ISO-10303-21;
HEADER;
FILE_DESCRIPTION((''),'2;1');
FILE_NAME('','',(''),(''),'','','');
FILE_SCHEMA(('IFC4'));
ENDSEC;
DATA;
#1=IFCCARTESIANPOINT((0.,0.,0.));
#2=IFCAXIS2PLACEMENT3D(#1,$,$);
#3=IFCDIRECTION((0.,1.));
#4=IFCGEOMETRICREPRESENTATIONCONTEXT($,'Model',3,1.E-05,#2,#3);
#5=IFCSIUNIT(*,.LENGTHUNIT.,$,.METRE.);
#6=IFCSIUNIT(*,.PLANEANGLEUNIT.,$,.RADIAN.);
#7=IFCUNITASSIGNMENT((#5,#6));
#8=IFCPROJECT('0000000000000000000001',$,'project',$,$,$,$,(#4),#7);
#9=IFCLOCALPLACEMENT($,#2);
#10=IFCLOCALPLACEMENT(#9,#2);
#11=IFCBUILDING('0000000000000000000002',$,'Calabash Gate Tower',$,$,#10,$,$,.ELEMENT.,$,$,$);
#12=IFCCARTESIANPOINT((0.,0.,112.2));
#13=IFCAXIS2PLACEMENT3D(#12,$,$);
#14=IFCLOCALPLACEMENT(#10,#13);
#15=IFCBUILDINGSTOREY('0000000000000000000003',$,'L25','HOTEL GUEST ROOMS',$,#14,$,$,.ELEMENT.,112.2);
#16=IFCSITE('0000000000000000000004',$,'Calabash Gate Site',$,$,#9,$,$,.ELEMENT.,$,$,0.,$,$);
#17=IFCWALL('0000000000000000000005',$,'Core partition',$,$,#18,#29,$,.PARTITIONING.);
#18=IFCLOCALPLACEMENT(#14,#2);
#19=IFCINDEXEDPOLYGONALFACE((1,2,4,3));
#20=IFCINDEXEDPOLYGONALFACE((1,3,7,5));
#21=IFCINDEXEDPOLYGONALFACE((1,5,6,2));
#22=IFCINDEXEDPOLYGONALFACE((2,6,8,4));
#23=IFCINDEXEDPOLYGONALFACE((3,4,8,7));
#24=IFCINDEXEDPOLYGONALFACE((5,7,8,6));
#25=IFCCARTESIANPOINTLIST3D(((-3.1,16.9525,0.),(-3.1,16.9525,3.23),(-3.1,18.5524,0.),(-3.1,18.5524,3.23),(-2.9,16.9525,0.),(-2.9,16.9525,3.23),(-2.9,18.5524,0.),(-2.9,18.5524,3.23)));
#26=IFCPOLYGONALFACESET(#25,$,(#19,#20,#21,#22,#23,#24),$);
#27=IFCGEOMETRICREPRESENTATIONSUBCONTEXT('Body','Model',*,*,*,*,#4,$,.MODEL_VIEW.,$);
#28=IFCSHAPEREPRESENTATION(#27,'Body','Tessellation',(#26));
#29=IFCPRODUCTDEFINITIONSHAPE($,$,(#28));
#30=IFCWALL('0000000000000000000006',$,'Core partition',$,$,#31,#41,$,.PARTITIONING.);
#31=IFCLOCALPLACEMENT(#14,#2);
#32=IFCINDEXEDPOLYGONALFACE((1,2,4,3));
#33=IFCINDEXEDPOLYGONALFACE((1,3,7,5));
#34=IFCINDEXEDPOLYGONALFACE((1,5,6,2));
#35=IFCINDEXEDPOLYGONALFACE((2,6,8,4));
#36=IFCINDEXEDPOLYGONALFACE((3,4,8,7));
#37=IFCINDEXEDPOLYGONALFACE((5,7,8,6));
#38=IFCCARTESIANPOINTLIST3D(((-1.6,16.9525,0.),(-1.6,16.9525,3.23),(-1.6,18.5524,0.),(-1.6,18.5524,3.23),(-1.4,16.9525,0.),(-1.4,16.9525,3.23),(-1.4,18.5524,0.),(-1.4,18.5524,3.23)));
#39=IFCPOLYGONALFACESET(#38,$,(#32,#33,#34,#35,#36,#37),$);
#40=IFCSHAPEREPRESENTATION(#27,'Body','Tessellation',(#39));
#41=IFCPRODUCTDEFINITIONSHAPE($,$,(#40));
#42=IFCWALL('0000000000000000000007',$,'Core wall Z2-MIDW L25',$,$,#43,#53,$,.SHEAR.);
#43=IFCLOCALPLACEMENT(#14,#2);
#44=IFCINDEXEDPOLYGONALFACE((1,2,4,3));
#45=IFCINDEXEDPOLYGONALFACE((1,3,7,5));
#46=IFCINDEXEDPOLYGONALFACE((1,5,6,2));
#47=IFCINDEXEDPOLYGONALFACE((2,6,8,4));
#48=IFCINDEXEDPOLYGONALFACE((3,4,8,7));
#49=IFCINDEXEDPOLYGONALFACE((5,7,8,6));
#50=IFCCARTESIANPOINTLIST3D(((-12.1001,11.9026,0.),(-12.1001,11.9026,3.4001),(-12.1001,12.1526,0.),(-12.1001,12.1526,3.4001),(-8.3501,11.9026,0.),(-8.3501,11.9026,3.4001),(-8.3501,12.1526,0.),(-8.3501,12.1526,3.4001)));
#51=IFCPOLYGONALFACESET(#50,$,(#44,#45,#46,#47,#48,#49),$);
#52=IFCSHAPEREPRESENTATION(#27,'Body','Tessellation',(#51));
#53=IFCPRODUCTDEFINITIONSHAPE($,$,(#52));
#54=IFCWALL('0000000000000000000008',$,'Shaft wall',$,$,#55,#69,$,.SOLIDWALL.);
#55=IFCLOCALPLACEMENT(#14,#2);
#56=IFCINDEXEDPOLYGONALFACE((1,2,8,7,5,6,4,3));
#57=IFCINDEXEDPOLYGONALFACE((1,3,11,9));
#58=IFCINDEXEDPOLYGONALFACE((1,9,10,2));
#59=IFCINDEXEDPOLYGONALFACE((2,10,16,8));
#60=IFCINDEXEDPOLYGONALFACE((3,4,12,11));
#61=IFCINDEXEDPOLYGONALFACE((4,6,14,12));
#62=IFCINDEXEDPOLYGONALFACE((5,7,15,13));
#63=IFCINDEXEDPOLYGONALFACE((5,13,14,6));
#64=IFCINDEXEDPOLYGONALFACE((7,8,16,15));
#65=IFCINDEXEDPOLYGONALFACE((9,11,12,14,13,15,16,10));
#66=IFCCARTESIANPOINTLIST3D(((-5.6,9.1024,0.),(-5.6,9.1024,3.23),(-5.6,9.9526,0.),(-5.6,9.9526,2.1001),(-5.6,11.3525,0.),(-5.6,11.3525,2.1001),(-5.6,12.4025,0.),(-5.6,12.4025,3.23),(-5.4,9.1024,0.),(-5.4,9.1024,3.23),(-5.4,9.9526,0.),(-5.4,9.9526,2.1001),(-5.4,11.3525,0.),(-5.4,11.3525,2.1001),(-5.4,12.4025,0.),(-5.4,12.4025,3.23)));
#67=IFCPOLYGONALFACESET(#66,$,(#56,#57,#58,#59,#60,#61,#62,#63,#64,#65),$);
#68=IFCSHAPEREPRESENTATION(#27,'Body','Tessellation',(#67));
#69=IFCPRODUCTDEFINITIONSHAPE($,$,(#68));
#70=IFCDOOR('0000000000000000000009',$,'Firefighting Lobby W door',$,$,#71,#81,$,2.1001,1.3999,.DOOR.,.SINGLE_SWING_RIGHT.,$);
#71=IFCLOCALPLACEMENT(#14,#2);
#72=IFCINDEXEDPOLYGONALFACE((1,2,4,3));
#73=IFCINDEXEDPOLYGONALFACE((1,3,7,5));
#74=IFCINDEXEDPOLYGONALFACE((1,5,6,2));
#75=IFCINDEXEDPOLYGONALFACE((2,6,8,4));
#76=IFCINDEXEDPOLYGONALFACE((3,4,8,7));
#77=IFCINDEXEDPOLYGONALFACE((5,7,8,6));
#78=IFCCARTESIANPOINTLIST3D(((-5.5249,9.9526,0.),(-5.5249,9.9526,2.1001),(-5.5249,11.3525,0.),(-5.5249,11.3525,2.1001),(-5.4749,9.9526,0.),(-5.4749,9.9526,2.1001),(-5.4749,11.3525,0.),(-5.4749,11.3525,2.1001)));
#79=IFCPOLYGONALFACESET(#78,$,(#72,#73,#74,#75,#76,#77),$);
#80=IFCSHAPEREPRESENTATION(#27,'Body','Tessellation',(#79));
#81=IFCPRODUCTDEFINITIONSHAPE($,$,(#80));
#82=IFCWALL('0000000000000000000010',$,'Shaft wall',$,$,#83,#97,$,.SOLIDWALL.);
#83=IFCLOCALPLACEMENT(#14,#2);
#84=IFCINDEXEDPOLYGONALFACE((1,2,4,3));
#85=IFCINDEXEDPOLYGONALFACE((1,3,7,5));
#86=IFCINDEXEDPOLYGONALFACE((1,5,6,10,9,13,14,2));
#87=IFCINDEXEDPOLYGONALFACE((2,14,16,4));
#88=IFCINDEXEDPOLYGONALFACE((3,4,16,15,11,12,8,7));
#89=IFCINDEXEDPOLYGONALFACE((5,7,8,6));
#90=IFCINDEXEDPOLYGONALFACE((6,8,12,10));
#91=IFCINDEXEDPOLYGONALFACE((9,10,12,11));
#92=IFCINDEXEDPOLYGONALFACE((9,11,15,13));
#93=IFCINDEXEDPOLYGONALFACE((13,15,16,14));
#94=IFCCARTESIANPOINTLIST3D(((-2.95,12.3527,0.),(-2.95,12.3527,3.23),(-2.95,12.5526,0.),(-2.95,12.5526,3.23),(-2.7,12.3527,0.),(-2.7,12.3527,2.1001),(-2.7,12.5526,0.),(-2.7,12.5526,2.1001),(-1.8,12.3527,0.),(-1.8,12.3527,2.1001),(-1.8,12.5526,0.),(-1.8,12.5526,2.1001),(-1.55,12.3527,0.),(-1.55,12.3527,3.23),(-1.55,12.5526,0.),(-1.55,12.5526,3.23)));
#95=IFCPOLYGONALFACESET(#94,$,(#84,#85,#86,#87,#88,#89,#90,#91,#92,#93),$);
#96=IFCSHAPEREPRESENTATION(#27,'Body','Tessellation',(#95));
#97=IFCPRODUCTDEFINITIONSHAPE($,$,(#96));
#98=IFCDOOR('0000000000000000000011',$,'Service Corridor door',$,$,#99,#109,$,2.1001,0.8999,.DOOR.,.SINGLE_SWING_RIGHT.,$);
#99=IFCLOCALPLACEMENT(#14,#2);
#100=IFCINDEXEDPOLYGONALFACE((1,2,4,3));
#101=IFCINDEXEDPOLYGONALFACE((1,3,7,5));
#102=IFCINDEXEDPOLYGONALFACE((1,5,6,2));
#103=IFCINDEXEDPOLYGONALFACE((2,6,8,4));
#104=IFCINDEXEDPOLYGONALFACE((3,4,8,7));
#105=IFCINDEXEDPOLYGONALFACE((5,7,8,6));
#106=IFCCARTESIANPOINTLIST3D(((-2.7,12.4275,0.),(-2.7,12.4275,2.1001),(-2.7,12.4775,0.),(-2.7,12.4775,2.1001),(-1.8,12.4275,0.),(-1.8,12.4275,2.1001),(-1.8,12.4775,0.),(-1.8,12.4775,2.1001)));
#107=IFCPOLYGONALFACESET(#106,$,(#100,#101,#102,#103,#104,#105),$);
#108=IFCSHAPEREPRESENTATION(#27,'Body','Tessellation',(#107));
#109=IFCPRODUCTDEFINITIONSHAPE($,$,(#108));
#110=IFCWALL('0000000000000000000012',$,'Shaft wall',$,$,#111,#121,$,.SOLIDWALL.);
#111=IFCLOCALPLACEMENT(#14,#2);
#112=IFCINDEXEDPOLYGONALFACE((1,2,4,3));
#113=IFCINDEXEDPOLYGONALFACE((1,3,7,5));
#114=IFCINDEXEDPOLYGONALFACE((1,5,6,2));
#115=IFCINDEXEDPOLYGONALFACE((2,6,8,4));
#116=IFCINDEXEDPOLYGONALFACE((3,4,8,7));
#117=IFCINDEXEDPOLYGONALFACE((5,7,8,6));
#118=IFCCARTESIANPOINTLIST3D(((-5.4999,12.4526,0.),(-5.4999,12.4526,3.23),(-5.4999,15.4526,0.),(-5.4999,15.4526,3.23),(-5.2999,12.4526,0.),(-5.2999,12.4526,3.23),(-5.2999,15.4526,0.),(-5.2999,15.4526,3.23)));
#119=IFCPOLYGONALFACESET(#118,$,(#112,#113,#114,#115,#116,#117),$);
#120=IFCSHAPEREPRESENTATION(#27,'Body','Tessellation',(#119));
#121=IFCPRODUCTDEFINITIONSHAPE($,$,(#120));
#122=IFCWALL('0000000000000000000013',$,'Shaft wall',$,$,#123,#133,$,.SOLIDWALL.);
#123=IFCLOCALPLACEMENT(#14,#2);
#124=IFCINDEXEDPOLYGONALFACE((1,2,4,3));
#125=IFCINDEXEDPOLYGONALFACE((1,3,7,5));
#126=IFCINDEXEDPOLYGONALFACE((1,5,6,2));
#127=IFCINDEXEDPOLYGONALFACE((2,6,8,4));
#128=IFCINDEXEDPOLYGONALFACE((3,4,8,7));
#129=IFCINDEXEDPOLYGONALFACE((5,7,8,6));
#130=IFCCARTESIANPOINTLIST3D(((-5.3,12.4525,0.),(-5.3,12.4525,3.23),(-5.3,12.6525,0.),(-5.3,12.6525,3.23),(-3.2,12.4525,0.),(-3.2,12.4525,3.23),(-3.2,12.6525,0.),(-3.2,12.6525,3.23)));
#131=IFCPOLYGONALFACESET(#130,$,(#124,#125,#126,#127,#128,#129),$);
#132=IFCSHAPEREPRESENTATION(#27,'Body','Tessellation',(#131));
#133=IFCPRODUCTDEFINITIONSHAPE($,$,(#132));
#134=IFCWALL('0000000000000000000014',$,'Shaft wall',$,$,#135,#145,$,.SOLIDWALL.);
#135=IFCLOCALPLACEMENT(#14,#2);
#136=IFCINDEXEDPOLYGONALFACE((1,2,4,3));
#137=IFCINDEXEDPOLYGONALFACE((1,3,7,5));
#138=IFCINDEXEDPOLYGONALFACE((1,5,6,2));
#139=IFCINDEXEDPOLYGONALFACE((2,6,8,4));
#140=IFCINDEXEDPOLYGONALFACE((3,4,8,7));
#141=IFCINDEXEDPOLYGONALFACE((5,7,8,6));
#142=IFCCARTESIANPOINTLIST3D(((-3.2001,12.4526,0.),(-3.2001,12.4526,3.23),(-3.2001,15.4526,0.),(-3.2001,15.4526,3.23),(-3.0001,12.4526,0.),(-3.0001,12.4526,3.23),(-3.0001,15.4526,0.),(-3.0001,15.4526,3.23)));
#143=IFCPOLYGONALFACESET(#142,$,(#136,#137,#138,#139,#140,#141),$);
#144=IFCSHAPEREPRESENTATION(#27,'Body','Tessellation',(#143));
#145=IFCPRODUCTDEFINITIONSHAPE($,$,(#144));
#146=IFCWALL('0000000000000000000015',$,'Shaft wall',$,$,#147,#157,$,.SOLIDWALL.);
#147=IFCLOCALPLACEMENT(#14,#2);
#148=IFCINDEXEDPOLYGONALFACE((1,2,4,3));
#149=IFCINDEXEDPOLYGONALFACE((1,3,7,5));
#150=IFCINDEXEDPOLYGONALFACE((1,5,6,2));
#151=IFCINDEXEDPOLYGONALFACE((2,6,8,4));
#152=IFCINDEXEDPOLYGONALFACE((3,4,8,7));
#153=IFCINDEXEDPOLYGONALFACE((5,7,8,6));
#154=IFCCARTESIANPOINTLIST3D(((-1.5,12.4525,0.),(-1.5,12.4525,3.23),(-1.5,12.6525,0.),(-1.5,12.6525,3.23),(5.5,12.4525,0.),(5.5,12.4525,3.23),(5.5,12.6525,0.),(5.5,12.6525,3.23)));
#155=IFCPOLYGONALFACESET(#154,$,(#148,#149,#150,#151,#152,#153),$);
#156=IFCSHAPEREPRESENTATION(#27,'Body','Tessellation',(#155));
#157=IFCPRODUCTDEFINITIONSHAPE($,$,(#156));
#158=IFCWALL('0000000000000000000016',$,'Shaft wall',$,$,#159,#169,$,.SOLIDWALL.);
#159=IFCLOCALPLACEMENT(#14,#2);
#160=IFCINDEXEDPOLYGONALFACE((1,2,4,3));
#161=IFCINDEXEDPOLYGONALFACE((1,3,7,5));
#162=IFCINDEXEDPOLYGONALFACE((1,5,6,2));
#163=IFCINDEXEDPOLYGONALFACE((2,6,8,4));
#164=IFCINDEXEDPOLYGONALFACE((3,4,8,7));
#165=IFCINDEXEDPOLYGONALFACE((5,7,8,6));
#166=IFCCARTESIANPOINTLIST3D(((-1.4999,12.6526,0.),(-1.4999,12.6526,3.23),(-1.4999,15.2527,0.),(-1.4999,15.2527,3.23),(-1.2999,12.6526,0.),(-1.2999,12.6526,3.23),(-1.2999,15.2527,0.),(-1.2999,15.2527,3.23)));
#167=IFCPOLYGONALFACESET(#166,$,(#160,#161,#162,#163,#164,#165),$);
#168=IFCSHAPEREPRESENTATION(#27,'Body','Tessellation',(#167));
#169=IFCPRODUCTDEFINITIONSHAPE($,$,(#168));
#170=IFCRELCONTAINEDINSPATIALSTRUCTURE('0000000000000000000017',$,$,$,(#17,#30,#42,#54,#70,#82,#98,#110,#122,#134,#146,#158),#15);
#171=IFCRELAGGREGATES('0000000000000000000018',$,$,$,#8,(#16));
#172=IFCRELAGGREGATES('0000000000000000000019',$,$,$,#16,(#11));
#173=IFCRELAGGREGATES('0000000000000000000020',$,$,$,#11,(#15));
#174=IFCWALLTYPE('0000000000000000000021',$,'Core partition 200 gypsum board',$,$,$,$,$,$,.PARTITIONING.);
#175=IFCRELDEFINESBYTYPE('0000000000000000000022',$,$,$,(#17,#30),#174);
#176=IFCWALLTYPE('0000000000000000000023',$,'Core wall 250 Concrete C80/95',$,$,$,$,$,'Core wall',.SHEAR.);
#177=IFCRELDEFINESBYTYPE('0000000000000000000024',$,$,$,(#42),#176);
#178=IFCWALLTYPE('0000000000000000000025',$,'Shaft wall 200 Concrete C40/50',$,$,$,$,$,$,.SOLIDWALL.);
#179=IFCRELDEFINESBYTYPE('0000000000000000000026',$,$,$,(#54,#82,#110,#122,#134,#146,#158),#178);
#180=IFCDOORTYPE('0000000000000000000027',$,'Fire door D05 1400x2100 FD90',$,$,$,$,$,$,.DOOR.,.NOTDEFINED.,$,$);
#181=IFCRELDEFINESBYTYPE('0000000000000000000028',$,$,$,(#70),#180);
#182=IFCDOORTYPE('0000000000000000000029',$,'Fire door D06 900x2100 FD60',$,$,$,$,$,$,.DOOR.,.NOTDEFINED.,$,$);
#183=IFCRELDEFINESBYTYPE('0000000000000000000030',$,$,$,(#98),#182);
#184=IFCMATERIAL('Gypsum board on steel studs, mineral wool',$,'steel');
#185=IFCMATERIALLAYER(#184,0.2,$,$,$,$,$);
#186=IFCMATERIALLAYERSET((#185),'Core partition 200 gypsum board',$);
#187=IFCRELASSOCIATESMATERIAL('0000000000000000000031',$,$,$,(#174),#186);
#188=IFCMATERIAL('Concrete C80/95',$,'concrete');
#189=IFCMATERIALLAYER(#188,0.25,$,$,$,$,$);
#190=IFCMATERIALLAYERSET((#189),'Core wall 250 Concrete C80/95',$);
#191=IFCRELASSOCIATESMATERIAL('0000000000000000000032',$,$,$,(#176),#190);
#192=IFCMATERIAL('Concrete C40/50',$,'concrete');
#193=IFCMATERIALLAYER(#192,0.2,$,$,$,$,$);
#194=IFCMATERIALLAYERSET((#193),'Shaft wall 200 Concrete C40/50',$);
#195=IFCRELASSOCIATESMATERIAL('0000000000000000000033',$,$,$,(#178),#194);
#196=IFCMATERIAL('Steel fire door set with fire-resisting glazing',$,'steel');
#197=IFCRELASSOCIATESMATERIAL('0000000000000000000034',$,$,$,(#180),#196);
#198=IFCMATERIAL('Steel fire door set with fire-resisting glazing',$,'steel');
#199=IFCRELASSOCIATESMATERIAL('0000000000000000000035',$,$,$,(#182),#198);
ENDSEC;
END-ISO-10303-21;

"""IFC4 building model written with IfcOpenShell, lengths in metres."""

from ifc_helpers import new_model, si_unit, direction, frame, frame_2d, origin, place, context, subcontext, project, spatial, rectangle, extrude, material, layer, layer_set, type_object, element, fill, save


model = new_model("IFC4")

# Units and contexts
model_context = context("Model", 3, precision=1e-05, world=origin(), true_north=direction((0.0, 1.0)))
body_context = subcontext(model_context, "Body", "Model", "MODEL_VIEW")
ifc_project = project(units=[si_unit("LENGTHUNIT", "METRE"), si_unit("PLANEANGLEUNIT", "RADIAN")], contexts=[model_context])

# Site, building, storey
site_placement = place(None, origin())
site = spatial("IfcSite", under=ifc_project, at=site_placement, Name="Calabash Gate Site", CompositionType="ELEMENT", RefElevation=0.0)
building_placement = place(site_placement, origin())
building = spatial("IfcBuilding", under=site, at=building_placement, Name="Calabash Gate Tower", CompositionType="ELEMENT")
storey_placement = place(building_placement, frame((0.0, 0.0, 112.2)))
storey = spatial("IfcBuildingStorey", under=building, at=storey_placement, Name="L25", Description="HOTEL GUEST ROOMS", CompositionType="ELEMENT", Elevation=112.2)

# Walls
ifc_material_1 = material(Name="Gypsum board on steel studs, mineral wool", Category="steel")
ifc_layer_1 = layer(ifc_material_1, 0.2)
ifc_layer_set_1 = layer_set([ifc_layer_1], Name="Core partition 200 gypsum board")
wall_type_1 = type_object("IfcWallType", Name="Core partition 200 gypsum board", PredefinedType="PARTITIONING", material=ifc_layer_set_1)
for number, where, z_axis, x_axis, name in (
    (1, (-3.0, 16.9526, 0.0), (0.0, 0.0, 1.0), (0.0, 1.0, 0.0), "Core partition"),
    (2, (-1.5, 16.9526, 0.0), (0.0, 0.0, 1.0), (0.0, 1.0, 0.0), "Core partition"),
):
    element("IfcWall", number, at=place(storey_placement, frame(where, z_axis=z_axis, x_axis=x_axis)), inside=storey, type_object=wall_type_1, Name=name, PredefinedType="PARTITIONING", context=body_context, shape_type="SweptSolid", body=[
        extrude(rectangle(XDim=1.5999, YDim=0.2, at=frame_2d((0.7998, 0.0))), origin(), (0.0, 0.0, 1.0), 3.23),
    ])
ifc_material_2 = material(Name="Concrete C80/95", Category="concrete")
ifc_layer_2 = layer(ifc_material_2, 0.25)
ifc_layer_set_2 = layer_set([ifc_layer_2], Name="Core wall 250 Concrete C80/95")
wall_type_2 = type_object("IfcWallType", Name="Core wall 250 Concrete C80/95", ElementType="Core wall", PredefinedType="SHEAR", material=ifc_layer_set_2)
wall_1_placement = place(storey_placement, frame((-12.1001, 12.0276, 0.0), z_axis=(0.0, 0.0, 1.0), x_axis=(1.0, 0.0, 0.0)))
element("IfcWall", 3, at=wall_1_placement, inside=storey, type_object=wall_type_2, Name="Core wall Z2-MIDW L25", PredefinedType="SHEAR", context=body_context, shape_type="SweptSolid", body=[
    extrude(rectangle(XDim=3.75, YDim=0.25, at=frame_2d((1.875, 0.0))), origin(), (0.0, 0.0, 1.0), 3.4001),
])

# Walls, openings, doors
ifc_material_3 = material(Name="Concrete C40/50", Category="concrete")
ifc_layer_3 = layer(ifc_material_3, 0.2)
ifc_layer_set_3 = layer_set([ifc_layer_3], Name="Shaft wall 200 Concrete C40/50")
wall_type_3 = type_object("IfcWallType", Name="Shaft wall 200 Concrete C40/50", PredefinedType="SOLIDWALL", material=ifc_layer_set_3)
wall_2_placement = place(storey_placement, frame((-5.5, 9.1025, 0.0), z_axis=(0.0, 0.0, 1.0), x_axis=(0.0, 1.0, 0.0)))
wall_2 = element("IfcWall", 4, at=wall_2_placement, inside=storey, type_object=wall_type_3, Name="Shaft wall", PredefinedType="SOLIDWALL", context=body_context, shape_type="SweptSolid", body=[
    extrude(rectangle(XDim=3.3, YDim=0.2, at=frame_2d((1.6499, 0.0))), origin(), (0.0, 0.0, 1.0), 3.23),
])
opening_1_placement = place(wall_2_placement, frame((0.8501, 0.0, 0.0)))
opening_1 = element("IfcOpeningElement", 5, at=opening_1_placement, cuts=wall_2, PredefinedType="OPENING", context=body_context, shape_type="SweptSolid", body=[
    extrude(rectangle(XDim=1.3999, YDim=2.1001, at=frame_2d((0.7, 1.05))), frame((0.0, 0.1099, 0.0), z_axis=(0.0, -1.0, 0.0), x_axis=(1.0, 0.0, 0.0)), (0.0, 0.0, 1.0), 0.22),
])
ifc_material_4 = material(Name="Steel fire door set with fire-resisting glazing", Category="steel")
door_type_1 = type_object("IfcDoorType", Name="Fire door D05 1400x2100 FD90", OperationType="NOTDEFINED", PredefinedType="DOOR", material=ifc_material_4)
door_1_placement = place(opening_1_placement, origin())
door_1 = element("IfcDoor", 6, at=door_1_placement, inside=storey, type_object=door_type_1, Name="Firefighting Lobby W door", OperationType="SINGLE_SWING_RIGHT", OverallHeight=2.1001, OverallWidth=1.3999, PredefinedType="DOOR", context=body_context, shape_type="SweptSolid", body=[
    extrude(rectangle(XDim=1.3999, YDim=2.1001, at=frame_2d((0.7, 1.05))), frame((0.0, 0.0249, 0.0), z_axis=(0.0, -1.0, 0.0), x_axis=(1.0, 0.0, 0.0)), (0.0, 0.0, 1.0), 0.05),
])
fill(opening_1, door_1)
wall_3_placement = place(storey_placement, frame((-2.95, 12.4526, 0.0), z_axis=(0.0, 0.0, 1.0), x_axis=(1.0, 0.0, 0.0)))
wall_3 = element("IfcWall", 7, at=wall_3_placement, inside=storey, type_object=wall_type_3, Name="Shaft wall", PredefinedType="SOLIDWALL", context=body_context, shape_type="SweptSolid", body=[
    extrude(rectangle(XDim=1.3999, YDim=0.2, at=frame_2d((0.7, 0.0))), origin(), (0.0, 0.0, 1.0), 3.23),
])
opening_2_placement = place(wall_3_placement, frame((0.25, 0.0, 0.0)))
opening_2 = element("IfcOpeningElement", 8, at=opening_2_placement, cuts=wall_3, PredefinedType="OPENING", context=body_context, shape_type="SweptSolid", body=[
    extrude(rectangle(XDim=0.8999, YDim=2.1001, at=frame_2d((0.45, 1.05))), frame((0.0, 0.1099, 0.0), z_axis=(0.0, -1.0, 0.0), x_axis=(1.0, 0.0, 0.0)), (0.0, 0.0, 1.0), 0.22),
])
ifc_material_5 = material(Name="Steel fire door set with fire-resisting glazing", Category="steel")
door_type_2 = type_object("IfcDoorType", Name="Fire door D06 900x2100 FD60", OperationType="NOTDEFINED", PredefinedType="DOOR", material=ifc_material_5)
door_2_placement = place(opening_2_placement, origin())
door_2 = element("IfcDoor", 9, at=door_2_placement, inside=storey, type_object=door_type_2, Name="Service Corridor door", OperationType="SINGLE_SWING_RIGHT", OverallHeight=2.1001, OverallWidth=0.8999, PredefinedType="DOOR", context=body_context, shape_type="SweptSolid", body=[
    extrude(rectangle(XDim=0.8999, YDim=2.1001, at=frame_2d((0.45, 1.05))), frame((0.0, 0.0249, 0.0), z_axis=(0.0, -1.0, 0.0), x_axis=(1.0, 0.0, 0.0)), (0.0, 0.0, 1.0), 0.05),
])
fill(opening_2, door_2)

# Walls
wall_4_placement = place(storey_placement, frame((-5.3999, 12.4526, 0.0), z_axis=(0.0, 0.0, 1.0), x_axis=(0.0, 1.0, 0.0)))
element("IfcWall", 10, at=wall_4_placement, inside=storey, type_object=wall_type_3, Name="Shaft wall", PredefinedType="SOLIDWALL", context=body_context, shape_type="SweptSolid", body=[
    extrude(rectangle(XDim=3.0, YDim=0.2, at=frame_2d((1.5, 0.0))), origin(), (0.0, 0.0, 1.0), 3.23),
])
wall_5_placement = place(storey_placement, frame((-5.3, 12.5525, 0.0), z_axis=(0.0, 0.0, 1.0), x_axis=(1.0, 0.0, 0.0)))
element("IfcWall", 11, at=wall_5_placement, inside=storey, type_object=wall_type_3, Name="Shaft wall", PredefinedType="SOLIDWALL", context=body_context, shape_type="SweptSolid", body=[
    extrude(rectangle(XDim=2.1001, YDim=0.2, at=frame_2d((1.05, 0.0))), origin(), (0.0, 0.0, 1.0), 3.23),
])
wall_6_placement = place(storey_placement, frame((-3.1001, 12.4526, 0.0), z_axis=(0.0, 0.0, 1.0), x_axis=(0.0, 1.0, 0.0)))
element("IfcWall", 12, at=wall_6_placement, inside=storey, type_object=wall_type_3, Name="Shaft wall", PredefinedType="SOLIDWALL", context=body_context, shape_type="SweptSolid", body=[
    extrude(rectangle(XDim=3.0, YDim=0.2, at=frame_2d((1.5, 0.0))), origin(), (0.0, 0.0, 1.0), 3.23),
])
wall_7_placement = place(storey_placement, frame((-1.5, 12.5525, 0.0), z_axis=(0.0, 0.0, 1.0), x_axis=(1.0, 0.0, 0.0)))
element("IfcWall", 13, at=wall_7_placement, inside=storey, type_object=wall_type_3, Name="Shaft wall", PredefinedType="SOLIDWALL", context=body_context, shape_type="SweptSolid", body=[
    extrude(rectangle(XDim=7.0, YDim=0.2, at=frame_2d((3.5, 0.0))), origin(), (0.0, 0.0, 1.0), 3.23),
])
wall_8_placement = place(storey_placement, frame((-1.3999, 12.6526, 0.0), z_axis=(0.0, 0.0, 1.0), x_axis=(0.0, 1.0, 0.0)))
element("IfcWall", 14, at=wall_8_placement, inside=storey, type_object=wall_type_3, Name="Shaft wall", PredefinedType="SOLIDWALL", context=body_context, shape_type="SweptSolid", body=[
    extrude(rectangle(XDim=2.6001, YDim=0.2, at=frame_2d((1.3, 0.0))), origin(), (0.0, 0.0, 1.0), 3.23),
])

save(model, "model.ifc")
